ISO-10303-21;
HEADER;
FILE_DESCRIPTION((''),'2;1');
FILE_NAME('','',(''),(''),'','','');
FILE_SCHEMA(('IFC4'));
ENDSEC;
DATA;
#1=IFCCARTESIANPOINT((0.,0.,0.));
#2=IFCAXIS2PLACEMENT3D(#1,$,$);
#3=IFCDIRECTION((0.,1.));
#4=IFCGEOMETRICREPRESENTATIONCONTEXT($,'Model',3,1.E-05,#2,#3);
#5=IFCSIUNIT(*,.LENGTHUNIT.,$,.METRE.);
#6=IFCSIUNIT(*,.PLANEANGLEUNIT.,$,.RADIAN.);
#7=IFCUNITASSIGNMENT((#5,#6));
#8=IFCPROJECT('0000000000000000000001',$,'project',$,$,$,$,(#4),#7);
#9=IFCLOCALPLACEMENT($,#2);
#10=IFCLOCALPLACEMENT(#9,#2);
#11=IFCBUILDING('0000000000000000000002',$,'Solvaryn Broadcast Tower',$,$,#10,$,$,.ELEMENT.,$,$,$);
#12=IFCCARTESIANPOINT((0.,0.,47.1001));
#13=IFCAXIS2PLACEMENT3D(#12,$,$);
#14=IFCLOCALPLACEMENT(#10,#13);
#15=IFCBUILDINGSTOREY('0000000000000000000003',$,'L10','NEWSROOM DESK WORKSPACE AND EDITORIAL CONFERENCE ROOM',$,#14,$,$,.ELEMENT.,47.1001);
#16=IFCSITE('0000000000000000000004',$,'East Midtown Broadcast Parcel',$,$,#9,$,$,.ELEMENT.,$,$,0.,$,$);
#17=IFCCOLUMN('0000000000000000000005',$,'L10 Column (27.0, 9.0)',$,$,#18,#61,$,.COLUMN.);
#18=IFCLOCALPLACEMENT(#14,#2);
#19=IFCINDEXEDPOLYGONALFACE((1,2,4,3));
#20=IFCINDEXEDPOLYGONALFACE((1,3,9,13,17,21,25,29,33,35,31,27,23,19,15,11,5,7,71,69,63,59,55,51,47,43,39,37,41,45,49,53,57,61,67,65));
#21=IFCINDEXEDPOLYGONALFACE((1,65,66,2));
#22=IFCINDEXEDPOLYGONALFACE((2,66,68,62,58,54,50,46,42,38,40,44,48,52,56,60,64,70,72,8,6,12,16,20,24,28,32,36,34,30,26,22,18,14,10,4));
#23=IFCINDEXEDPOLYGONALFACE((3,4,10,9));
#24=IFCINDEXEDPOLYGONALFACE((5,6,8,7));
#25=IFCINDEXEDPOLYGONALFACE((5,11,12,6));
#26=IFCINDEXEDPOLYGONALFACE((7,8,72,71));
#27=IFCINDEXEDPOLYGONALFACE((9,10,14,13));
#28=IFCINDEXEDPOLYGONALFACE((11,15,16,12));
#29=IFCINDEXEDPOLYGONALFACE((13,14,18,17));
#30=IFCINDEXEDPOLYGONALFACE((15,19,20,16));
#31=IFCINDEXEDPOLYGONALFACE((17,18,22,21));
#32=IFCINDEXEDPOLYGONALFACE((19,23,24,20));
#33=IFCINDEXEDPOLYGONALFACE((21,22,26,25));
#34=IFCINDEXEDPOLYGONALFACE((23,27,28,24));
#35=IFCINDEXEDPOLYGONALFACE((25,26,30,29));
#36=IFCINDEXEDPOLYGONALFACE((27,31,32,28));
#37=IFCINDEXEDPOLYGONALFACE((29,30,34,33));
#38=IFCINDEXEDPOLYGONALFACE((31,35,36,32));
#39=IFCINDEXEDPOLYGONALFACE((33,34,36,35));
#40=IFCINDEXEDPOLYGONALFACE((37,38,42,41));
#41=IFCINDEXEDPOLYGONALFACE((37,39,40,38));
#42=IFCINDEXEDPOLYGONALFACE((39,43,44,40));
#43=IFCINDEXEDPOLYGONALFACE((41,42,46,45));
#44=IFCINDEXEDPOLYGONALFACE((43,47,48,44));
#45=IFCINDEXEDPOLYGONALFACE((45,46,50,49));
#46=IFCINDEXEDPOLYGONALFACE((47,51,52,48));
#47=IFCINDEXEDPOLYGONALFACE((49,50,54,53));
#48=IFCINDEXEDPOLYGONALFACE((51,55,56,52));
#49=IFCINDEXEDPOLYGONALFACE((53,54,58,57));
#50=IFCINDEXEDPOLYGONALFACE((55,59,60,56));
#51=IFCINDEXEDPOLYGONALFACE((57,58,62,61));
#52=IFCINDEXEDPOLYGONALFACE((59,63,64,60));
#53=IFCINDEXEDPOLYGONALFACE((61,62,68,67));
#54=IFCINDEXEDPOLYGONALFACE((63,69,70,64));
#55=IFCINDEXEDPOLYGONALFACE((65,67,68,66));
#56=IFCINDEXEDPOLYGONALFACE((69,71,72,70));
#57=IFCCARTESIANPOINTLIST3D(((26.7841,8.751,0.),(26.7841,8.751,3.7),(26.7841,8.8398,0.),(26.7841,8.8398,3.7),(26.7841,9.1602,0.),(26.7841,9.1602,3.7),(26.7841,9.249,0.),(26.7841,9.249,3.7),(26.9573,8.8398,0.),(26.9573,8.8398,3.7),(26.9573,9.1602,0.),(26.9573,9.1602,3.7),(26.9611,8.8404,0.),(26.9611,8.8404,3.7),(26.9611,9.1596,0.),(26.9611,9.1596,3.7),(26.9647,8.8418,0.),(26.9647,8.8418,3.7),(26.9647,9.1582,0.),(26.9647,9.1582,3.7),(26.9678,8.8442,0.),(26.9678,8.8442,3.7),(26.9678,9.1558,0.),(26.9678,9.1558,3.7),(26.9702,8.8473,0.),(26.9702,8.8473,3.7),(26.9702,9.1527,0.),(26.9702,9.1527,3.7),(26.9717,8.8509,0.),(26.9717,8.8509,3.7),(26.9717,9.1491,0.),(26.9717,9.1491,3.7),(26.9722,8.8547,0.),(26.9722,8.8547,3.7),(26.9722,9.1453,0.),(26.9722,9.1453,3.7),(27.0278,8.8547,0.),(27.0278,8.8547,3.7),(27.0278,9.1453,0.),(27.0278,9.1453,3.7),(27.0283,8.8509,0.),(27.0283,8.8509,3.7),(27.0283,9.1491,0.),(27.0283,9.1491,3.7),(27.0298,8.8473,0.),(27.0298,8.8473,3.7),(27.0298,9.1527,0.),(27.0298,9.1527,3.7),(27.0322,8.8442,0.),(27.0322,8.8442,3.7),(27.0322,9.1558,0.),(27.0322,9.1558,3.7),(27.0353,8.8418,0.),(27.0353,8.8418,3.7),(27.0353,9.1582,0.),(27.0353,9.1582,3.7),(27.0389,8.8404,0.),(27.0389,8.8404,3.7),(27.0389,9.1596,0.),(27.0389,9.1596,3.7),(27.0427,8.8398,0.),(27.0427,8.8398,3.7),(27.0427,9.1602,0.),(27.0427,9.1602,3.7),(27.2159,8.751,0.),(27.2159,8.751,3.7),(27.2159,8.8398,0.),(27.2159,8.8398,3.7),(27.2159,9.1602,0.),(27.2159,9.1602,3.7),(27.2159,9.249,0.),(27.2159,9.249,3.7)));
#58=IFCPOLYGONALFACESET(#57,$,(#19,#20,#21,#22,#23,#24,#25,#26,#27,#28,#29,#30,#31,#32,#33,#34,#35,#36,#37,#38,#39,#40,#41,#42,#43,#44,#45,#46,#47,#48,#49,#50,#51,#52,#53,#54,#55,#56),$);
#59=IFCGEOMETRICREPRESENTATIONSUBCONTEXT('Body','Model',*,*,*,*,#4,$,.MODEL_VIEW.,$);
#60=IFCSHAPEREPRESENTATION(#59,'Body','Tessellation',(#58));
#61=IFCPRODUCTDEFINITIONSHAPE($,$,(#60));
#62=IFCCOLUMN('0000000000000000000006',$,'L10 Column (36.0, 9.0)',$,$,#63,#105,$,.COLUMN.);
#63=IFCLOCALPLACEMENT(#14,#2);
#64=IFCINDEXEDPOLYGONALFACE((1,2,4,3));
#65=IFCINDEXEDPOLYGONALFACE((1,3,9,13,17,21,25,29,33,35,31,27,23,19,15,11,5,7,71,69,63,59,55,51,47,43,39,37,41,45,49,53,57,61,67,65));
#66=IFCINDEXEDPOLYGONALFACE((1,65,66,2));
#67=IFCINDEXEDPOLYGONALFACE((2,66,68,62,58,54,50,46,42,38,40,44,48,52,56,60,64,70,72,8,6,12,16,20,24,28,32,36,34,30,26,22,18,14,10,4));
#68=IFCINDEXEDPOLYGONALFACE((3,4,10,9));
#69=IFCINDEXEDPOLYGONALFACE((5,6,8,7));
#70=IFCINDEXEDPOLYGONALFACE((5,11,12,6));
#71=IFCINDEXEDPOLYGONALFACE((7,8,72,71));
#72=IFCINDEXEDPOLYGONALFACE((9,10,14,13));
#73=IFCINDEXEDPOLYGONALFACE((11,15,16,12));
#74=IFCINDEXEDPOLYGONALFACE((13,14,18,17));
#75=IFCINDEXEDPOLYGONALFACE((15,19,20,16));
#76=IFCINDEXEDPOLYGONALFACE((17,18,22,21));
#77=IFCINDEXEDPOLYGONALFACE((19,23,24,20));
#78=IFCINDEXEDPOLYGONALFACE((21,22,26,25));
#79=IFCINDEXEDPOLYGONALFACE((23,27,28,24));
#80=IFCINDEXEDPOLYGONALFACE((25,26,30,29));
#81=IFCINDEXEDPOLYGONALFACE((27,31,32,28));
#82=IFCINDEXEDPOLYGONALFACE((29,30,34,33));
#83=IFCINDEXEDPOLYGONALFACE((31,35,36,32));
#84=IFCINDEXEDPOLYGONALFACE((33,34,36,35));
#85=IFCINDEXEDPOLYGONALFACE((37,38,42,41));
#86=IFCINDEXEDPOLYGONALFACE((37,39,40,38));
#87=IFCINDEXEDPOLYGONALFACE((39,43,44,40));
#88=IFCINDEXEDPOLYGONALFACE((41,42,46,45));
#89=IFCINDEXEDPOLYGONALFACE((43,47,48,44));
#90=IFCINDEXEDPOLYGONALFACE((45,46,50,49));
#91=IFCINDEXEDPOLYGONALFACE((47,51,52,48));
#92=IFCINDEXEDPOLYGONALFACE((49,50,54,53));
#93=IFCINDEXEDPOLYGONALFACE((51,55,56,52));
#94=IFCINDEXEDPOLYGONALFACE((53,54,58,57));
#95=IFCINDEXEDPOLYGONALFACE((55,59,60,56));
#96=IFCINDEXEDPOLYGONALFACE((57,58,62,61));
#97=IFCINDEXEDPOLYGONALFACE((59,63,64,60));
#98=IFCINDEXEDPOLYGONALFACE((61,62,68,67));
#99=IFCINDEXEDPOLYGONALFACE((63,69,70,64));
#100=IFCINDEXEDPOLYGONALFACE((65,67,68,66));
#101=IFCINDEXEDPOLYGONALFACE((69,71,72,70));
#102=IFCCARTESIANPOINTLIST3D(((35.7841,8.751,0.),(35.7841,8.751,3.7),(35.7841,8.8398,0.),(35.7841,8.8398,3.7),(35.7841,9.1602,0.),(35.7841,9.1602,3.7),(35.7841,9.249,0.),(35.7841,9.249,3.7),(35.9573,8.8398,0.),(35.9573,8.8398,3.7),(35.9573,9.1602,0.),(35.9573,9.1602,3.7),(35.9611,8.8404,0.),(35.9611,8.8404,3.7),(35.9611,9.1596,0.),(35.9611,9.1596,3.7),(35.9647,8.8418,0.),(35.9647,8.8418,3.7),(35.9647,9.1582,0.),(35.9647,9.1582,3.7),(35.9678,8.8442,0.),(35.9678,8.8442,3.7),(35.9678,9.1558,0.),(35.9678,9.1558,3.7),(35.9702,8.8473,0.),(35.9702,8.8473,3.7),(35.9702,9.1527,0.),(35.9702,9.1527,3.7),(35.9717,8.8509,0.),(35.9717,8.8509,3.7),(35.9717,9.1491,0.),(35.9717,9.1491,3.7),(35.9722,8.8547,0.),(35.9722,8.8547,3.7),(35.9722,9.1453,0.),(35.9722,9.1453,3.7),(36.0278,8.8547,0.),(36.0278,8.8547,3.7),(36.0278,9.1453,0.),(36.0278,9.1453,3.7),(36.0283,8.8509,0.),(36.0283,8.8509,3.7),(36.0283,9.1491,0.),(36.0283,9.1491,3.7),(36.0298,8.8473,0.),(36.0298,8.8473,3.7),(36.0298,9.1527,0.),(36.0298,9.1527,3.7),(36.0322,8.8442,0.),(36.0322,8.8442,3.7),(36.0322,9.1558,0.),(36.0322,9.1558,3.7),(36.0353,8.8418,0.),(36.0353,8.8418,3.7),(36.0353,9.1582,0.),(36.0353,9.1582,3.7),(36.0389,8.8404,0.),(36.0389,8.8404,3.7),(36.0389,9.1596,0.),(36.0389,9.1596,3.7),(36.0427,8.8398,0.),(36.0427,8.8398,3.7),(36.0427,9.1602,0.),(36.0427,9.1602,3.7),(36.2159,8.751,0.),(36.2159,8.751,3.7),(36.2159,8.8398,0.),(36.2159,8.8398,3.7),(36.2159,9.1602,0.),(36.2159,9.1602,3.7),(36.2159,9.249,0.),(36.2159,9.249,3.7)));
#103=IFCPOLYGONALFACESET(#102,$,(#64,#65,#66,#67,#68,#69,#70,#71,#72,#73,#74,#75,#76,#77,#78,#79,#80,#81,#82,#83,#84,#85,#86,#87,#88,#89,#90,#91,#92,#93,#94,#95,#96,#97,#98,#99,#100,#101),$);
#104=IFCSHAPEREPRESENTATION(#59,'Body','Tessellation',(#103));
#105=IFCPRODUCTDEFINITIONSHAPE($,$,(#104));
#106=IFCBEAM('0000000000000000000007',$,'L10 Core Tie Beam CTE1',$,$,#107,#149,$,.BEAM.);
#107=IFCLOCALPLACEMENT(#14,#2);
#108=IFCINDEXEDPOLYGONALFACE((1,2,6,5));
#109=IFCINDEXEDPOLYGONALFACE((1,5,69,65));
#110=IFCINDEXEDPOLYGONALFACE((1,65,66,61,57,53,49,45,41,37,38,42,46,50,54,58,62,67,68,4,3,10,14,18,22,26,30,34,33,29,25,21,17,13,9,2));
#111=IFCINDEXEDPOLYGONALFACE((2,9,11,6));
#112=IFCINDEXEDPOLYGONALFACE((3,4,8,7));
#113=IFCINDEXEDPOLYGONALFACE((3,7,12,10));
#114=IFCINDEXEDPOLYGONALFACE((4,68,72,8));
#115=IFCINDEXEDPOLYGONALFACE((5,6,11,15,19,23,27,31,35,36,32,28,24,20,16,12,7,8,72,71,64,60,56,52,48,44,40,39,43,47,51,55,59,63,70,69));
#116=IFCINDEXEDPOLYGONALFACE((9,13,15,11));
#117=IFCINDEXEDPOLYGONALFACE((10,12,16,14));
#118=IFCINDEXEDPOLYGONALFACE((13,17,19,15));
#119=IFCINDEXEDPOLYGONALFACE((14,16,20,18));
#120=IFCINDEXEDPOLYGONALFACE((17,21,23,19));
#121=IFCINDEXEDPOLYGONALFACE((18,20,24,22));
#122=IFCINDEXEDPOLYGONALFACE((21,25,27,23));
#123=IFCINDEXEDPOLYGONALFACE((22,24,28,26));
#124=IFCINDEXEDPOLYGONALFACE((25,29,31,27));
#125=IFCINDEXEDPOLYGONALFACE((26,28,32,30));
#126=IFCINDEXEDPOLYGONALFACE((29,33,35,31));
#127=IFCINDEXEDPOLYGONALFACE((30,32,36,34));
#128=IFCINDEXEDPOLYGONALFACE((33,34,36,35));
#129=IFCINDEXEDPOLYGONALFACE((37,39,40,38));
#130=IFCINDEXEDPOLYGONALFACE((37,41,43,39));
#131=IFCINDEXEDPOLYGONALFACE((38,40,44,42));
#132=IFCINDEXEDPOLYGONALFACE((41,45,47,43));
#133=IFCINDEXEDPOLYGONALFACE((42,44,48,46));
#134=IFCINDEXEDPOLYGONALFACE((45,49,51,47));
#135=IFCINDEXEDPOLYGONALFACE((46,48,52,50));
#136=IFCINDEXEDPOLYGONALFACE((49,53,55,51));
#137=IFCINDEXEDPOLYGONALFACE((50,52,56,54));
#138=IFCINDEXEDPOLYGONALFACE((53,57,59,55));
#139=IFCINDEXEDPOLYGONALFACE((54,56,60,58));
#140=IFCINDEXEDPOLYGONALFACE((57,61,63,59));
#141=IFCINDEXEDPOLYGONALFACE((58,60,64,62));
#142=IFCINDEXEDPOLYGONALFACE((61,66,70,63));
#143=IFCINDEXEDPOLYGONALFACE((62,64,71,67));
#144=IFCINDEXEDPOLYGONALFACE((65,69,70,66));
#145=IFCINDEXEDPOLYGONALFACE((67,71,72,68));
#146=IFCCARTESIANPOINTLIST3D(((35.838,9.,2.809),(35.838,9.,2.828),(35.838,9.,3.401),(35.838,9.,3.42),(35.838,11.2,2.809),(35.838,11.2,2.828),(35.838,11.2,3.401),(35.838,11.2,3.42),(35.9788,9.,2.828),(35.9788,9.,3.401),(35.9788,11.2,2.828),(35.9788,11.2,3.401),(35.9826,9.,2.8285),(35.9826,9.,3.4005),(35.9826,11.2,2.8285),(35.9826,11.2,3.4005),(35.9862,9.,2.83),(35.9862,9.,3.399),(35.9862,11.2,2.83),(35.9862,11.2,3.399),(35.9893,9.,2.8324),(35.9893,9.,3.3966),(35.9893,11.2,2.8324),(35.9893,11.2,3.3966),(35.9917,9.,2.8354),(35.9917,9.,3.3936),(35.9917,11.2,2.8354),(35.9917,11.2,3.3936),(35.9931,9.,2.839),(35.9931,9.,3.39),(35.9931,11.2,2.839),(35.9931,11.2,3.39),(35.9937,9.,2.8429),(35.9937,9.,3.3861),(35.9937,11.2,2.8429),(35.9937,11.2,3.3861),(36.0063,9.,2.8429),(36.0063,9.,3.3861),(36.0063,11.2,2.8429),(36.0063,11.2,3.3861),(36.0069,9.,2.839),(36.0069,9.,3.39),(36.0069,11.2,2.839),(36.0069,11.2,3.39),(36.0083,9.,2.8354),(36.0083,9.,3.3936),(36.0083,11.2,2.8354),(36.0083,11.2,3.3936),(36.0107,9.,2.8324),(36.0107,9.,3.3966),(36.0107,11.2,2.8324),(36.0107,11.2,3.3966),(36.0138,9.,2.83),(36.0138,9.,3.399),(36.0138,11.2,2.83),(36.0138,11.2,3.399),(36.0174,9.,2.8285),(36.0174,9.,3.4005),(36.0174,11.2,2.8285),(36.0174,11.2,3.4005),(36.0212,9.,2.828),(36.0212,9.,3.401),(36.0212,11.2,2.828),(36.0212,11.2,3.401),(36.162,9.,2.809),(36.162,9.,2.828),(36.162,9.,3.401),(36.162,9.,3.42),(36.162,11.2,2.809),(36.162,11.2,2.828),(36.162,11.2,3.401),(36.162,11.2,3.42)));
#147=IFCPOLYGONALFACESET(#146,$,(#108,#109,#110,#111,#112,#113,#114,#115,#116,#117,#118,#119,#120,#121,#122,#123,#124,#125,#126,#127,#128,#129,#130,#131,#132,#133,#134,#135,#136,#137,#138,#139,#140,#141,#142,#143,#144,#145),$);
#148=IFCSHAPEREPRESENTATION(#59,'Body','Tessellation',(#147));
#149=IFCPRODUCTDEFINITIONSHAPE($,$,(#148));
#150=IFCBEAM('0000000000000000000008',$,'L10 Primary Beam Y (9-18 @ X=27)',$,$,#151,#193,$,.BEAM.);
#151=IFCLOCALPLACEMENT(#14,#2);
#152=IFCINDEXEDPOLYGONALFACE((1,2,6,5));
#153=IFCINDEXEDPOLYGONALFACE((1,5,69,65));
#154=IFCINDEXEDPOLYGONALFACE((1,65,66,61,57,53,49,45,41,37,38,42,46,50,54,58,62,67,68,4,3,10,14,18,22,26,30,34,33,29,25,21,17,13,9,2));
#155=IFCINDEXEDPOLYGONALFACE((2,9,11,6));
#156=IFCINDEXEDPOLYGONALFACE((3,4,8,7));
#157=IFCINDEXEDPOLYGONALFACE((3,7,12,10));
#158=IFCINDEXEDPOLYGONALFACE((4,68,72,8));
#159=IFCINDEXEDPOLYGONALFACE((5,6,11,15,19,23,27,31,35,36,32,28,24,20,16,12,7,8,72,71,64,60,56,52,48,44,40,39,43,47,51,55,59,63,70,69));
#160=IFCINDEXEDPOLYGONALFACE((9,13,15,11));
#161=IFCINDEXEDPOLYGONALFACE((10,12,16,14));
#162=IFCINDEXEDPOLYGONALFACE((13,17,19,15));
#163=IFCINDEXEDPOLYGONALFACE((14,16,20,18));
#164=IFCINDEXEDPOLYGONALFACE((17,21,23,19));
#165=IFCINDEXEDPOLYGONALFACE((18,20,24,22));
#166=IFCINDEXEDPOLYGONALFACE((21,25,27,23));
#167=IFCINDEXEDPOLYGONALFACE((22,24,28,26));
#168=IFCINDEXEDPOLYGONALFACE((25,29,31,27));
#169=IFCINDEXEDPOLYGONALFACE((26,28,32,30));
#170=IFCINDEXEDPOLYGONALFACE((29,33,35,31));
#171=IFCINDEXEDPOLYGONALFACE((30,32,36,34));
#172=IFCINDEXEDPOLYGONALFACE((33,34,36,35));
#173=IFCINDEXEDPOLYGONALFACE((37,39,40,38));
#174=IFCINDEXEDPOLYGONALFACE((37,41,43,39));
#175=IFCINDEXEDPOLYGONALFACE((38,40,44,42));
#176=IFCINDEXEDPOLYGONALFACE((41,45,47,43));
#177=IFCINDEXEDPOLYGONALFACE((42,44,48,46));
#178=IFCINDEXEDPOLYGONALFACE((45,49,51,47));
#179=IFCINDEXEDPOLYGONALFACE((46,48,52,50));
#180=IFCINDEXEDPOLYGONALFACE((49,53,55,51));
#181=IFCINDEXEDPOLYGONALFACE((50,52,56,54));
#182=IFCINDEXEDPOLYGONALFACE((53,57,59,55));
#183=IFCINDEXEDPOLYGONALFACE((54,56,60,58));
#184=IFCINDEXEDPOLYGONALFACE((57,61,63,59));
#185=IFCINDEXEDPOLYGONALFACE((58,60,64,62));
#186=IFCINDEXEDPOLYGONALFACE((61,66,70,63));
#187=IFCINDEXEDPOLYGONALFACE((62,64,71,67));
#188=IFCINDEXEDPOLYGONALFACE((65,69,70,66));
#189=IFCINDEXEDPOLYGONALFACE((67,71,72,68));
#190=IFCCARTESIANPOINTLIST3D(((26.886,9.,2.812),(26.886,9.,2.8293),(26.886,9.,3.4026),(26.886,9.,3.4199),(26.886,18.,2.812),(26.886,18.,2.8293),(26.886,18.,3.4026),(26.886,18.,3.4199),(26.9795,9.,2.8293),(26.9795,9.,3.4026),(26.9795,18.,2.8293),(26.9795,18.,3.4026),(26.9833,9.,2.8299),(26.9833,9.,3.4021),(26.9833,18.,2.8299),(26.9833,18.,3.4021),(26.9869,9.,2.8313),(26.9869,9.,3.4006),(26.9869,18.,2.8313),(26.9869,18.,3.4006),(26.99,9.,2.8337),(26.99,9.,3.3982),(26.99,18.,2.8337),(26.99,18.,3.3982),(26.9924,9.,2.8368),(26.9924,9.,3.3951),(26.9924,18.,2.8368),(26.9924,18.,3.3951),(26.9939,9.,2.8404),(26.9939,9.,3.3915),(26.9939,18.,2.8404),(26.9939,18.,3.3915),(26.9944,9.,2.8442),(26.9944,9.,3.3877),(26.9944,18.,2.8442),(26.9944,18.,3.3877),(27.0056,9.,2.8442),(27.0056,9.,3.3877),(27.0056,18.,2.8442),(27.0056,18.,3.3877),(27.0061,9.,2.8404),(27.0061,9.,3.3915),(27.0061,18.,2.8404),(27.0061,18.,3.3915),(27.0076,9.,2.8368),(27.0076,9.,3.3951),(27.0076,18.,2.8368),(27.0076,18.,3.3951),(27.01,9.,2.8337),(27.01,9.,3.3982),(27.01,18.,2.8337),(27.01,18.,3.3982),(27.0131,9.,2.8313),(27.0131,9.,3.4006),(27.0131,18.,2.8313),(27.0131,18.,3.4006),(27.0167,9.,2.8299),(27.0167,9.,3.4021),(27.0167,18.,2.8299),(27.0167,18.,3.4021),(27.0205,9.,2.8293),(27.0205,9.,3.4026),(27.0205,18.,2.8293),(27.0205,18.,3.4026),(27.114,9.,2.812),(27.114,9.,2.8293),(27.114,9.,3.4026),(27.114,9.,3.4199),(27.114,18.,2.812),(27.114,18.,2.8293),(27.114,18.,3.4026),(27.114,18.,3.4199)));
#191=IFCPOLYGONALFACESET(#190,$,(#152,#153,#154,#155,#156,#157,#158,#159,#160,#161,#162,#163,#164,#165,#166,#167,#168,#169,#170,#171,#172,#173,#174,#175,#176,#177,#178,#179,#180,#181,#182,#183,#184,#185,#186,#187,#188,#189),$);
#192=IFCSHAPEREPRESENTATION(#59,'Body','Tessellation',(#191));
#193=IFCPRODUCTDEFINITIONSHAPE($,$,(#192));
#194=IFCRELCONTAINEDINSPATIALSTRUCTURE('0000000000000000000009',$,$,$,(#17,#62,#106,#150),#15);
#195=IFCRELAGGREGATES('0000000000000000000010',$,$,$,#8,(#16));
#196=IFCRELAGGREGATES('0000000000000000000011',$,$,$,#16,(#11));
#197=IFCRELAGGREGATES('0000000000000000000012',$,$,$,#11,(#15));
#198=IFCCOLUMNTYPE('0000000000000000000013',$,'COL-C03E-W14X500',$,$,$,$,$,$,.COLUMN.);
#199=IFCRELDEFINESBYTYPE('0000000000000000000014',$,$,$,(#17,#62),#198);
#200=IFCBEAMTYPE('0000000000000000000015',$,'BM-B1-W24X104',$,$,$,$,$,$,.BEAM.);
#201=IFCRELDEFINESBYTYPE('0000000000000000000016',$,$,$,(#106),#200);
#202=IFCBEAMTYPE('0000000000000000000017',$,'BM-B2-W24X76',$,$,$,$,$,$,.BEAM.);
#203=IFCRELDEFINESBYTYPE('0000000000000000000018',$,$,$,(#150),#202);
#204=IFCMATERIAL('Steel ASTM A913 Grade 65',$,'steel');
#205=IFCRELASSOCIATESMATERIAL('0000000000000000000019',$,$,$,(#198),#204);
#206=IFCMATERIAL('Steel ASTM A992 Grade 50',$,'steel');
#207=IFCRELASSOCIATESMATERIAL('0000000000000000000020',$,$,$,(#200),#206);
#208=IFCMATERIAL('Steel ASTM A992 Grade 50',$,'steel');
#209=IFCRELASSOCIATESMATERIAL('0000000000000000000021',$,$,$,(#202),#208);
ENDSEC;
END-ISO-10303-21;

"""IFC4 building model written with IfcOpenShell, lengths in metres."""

from ifc_helpers import new_model, si_unit, direction, frame, origin, origin_2d, place, context, subcontext, project, spatial, i_section, extrude, material, material_profile, profile_set, type_object, element, save


model = new_model("IFC4")

# Units and contexts
model_context = context("Model", 3, precision=1e-05, world=origin(), true_north=direction((0.0, 1.0)))
body_context = subcontext(model_context, "Body", "Model", "MODEL_VIEW")
ifc_project = project(units=[si_unit("LENGTHUNIT", "METRE"), si_unit("PLANEANGLEUNIT", "RADIAN")], contexts=[model_context])

# Site, building, storey
site_placement = place(None, origin())
site = spatial("IfcSite", under=ifc_project, at=site_placement, Name="East Midtown Broadcast Parcel", CompositionType="ELEMENT", RefElevation=0.0)
building_placement = place(site_placement, origin())
building = spatial("IfcBuilding", under=site, at=building_placement, Name="Solvaryn Broadcast Tower", CompositionType="ELEMENT")
storey_placement = place(building_placement, frame((0.0, 0.0, 47.1001)))
storey = spatial("IfcBuildingStorey", under=building, at=storey_placement, Name="L10", Description="NEWSROOM DESK WORKSPACE AND EDITORIAL CONFERENCE ROOM", CompositionType="ELEMENT", Elevation=47.1001)

# Columns
ifc_material_1 = material(Name="Steel ASTM A913 Grade 65", Category="steel")
ifc_material_profile_1 = material_profile(ifc_material_1, i_section(OverallWidth=0.4319, OverallDepth=0.498, WebThickness=0.0557, FlangeThickness=0.0889, FilletRadius=0.0149, at=origin_2d()))
ifc_profile_set_1 = profile_set([ifc_material_profile_1], Name="Steel ASTM A913 Grade 65")
column_type = type_object("IfcColumnType", Name="COL-C03E-W14X500", PredefinedType="COLUMN", material=ifc_profile_set_1)
for number, where, z_axis, x_axis, name in (
    (1, (27.0, 9.0, 0.0), (0.0, 0.0, 1.0), (1.0, 0.0, 0.0), "L10 Column (27.0, 9.0)"),
    (2, (36.0, 9.0, 0.0), (0.0, 0.0, 1.0), (1.0, 0.0, 0.0), "L10 Column (36.0, 9.0)"),
):
    element("IfcColumn", number, at=place(storey_placement, frame(where, z_axis=z_axis, x_axis=x_axis)), inside=storey, type_object=column_type, Name=name, PredefinedType="COLUMN", context=body_context, shape_type="SweptSolid", body=[
        extrude(i_section(OverallWidth=0.4319, OverallDepth=0.498, WebThickness=0.0557, FlangeThickness=0.0889, FilletRadius=0.0149, at=origin_2d()), origin(), (0.0, 0.0, 1.0), 3.7),
    ])

# Beams
ifc_material_2 = material(Name="Steel ASTM A992 Grade 50", Category="steel")
ifc_material_profile_2 = material_profile(ifc_material_2, i_section(OverallWidth=0.324, OverallDepth=0.6111, WebThickness=0.0127, FlangeThickness=0.019, FilletRadius=0.0149, at=origin_2d()))
ifc_profile_set_2 = profile_set([ifc_material_profile_2], Name="Steel ASTM A992 Grade 50")
beam_type_1 = type_object("IfcBeamType", Name="BM-B1-W24X104", PredefinedType="BEAM", material=ifc_profile_set_2)
beam_1_placement = place(storey_placement, frame((36.0, 9.0, 3.1145), z_axis=(0.0, 1.0, 0.0), x_axis=(-1.0, 0.0, 0.0)))
element("IfcBeam", 3, at=beam_1_placement, inside=storey, type_object=beam_type_1, Name="L10 Core Tie Beam CTE1", PredefinedType="BEAM", context=body_context, shape_type="SweptSolid", body=[
    extrude(i_section(OverallWidth=0.324, OverallDepth=0.6111, WebThickness=0.0127, FlangeThickness=0.019, FilletRadius=0.0149, at=origin_2d()), origin(), (0.0, 0.0, 1.0), 2.2),
])
ifc_material_3 = material(Name="Steel ASTM A992 Grade 50", Category="steel")
ifc_material_profile_3 = material_profile(ifc_material_3, i_section(OverallWidth=0.228, OverallDepth=0.6079, WebThickness=0.0112, FlangeThickness=0.0173, FilletRadius=0.0149, at=origin_2d()))
ifc_profile_set_3 = profile_set([ifc_material_profile_3], Name="Steel ASTM A992 Grade 50")
beam_type_2 = type_object("IfcBeamType", Name="BM-B2-W24X76", PredefinedType="BEAM", material=ifc_profile_set_3)
beam_2_placement = place(storey_placement, frame((27.0, 9.0, 3.116), z_axis=(0.0, 1.0, 0.0), x_axis=(-1.0, 0.0, 0.0)))
element("IfcBeam", 4, at=beam_2_placement, inside=storey, type_object=beam_type_2, Name="L10 Primary Beam Y (9-18 @ X=27)", PredefinedType="BEAM", context=body_context, shape_type="SweptSolid", body=[
    extrude(i_section(OverallWidth=0.228, OverallDepth=0.6079, WebThickness=0.0112, FlangeThickness=0.0173, FilletRadius=0.0149, at=origin_2d()), origin(), (0.0, 0.0, 1.0), 9.0),
])

save(model, "model.ifc")
